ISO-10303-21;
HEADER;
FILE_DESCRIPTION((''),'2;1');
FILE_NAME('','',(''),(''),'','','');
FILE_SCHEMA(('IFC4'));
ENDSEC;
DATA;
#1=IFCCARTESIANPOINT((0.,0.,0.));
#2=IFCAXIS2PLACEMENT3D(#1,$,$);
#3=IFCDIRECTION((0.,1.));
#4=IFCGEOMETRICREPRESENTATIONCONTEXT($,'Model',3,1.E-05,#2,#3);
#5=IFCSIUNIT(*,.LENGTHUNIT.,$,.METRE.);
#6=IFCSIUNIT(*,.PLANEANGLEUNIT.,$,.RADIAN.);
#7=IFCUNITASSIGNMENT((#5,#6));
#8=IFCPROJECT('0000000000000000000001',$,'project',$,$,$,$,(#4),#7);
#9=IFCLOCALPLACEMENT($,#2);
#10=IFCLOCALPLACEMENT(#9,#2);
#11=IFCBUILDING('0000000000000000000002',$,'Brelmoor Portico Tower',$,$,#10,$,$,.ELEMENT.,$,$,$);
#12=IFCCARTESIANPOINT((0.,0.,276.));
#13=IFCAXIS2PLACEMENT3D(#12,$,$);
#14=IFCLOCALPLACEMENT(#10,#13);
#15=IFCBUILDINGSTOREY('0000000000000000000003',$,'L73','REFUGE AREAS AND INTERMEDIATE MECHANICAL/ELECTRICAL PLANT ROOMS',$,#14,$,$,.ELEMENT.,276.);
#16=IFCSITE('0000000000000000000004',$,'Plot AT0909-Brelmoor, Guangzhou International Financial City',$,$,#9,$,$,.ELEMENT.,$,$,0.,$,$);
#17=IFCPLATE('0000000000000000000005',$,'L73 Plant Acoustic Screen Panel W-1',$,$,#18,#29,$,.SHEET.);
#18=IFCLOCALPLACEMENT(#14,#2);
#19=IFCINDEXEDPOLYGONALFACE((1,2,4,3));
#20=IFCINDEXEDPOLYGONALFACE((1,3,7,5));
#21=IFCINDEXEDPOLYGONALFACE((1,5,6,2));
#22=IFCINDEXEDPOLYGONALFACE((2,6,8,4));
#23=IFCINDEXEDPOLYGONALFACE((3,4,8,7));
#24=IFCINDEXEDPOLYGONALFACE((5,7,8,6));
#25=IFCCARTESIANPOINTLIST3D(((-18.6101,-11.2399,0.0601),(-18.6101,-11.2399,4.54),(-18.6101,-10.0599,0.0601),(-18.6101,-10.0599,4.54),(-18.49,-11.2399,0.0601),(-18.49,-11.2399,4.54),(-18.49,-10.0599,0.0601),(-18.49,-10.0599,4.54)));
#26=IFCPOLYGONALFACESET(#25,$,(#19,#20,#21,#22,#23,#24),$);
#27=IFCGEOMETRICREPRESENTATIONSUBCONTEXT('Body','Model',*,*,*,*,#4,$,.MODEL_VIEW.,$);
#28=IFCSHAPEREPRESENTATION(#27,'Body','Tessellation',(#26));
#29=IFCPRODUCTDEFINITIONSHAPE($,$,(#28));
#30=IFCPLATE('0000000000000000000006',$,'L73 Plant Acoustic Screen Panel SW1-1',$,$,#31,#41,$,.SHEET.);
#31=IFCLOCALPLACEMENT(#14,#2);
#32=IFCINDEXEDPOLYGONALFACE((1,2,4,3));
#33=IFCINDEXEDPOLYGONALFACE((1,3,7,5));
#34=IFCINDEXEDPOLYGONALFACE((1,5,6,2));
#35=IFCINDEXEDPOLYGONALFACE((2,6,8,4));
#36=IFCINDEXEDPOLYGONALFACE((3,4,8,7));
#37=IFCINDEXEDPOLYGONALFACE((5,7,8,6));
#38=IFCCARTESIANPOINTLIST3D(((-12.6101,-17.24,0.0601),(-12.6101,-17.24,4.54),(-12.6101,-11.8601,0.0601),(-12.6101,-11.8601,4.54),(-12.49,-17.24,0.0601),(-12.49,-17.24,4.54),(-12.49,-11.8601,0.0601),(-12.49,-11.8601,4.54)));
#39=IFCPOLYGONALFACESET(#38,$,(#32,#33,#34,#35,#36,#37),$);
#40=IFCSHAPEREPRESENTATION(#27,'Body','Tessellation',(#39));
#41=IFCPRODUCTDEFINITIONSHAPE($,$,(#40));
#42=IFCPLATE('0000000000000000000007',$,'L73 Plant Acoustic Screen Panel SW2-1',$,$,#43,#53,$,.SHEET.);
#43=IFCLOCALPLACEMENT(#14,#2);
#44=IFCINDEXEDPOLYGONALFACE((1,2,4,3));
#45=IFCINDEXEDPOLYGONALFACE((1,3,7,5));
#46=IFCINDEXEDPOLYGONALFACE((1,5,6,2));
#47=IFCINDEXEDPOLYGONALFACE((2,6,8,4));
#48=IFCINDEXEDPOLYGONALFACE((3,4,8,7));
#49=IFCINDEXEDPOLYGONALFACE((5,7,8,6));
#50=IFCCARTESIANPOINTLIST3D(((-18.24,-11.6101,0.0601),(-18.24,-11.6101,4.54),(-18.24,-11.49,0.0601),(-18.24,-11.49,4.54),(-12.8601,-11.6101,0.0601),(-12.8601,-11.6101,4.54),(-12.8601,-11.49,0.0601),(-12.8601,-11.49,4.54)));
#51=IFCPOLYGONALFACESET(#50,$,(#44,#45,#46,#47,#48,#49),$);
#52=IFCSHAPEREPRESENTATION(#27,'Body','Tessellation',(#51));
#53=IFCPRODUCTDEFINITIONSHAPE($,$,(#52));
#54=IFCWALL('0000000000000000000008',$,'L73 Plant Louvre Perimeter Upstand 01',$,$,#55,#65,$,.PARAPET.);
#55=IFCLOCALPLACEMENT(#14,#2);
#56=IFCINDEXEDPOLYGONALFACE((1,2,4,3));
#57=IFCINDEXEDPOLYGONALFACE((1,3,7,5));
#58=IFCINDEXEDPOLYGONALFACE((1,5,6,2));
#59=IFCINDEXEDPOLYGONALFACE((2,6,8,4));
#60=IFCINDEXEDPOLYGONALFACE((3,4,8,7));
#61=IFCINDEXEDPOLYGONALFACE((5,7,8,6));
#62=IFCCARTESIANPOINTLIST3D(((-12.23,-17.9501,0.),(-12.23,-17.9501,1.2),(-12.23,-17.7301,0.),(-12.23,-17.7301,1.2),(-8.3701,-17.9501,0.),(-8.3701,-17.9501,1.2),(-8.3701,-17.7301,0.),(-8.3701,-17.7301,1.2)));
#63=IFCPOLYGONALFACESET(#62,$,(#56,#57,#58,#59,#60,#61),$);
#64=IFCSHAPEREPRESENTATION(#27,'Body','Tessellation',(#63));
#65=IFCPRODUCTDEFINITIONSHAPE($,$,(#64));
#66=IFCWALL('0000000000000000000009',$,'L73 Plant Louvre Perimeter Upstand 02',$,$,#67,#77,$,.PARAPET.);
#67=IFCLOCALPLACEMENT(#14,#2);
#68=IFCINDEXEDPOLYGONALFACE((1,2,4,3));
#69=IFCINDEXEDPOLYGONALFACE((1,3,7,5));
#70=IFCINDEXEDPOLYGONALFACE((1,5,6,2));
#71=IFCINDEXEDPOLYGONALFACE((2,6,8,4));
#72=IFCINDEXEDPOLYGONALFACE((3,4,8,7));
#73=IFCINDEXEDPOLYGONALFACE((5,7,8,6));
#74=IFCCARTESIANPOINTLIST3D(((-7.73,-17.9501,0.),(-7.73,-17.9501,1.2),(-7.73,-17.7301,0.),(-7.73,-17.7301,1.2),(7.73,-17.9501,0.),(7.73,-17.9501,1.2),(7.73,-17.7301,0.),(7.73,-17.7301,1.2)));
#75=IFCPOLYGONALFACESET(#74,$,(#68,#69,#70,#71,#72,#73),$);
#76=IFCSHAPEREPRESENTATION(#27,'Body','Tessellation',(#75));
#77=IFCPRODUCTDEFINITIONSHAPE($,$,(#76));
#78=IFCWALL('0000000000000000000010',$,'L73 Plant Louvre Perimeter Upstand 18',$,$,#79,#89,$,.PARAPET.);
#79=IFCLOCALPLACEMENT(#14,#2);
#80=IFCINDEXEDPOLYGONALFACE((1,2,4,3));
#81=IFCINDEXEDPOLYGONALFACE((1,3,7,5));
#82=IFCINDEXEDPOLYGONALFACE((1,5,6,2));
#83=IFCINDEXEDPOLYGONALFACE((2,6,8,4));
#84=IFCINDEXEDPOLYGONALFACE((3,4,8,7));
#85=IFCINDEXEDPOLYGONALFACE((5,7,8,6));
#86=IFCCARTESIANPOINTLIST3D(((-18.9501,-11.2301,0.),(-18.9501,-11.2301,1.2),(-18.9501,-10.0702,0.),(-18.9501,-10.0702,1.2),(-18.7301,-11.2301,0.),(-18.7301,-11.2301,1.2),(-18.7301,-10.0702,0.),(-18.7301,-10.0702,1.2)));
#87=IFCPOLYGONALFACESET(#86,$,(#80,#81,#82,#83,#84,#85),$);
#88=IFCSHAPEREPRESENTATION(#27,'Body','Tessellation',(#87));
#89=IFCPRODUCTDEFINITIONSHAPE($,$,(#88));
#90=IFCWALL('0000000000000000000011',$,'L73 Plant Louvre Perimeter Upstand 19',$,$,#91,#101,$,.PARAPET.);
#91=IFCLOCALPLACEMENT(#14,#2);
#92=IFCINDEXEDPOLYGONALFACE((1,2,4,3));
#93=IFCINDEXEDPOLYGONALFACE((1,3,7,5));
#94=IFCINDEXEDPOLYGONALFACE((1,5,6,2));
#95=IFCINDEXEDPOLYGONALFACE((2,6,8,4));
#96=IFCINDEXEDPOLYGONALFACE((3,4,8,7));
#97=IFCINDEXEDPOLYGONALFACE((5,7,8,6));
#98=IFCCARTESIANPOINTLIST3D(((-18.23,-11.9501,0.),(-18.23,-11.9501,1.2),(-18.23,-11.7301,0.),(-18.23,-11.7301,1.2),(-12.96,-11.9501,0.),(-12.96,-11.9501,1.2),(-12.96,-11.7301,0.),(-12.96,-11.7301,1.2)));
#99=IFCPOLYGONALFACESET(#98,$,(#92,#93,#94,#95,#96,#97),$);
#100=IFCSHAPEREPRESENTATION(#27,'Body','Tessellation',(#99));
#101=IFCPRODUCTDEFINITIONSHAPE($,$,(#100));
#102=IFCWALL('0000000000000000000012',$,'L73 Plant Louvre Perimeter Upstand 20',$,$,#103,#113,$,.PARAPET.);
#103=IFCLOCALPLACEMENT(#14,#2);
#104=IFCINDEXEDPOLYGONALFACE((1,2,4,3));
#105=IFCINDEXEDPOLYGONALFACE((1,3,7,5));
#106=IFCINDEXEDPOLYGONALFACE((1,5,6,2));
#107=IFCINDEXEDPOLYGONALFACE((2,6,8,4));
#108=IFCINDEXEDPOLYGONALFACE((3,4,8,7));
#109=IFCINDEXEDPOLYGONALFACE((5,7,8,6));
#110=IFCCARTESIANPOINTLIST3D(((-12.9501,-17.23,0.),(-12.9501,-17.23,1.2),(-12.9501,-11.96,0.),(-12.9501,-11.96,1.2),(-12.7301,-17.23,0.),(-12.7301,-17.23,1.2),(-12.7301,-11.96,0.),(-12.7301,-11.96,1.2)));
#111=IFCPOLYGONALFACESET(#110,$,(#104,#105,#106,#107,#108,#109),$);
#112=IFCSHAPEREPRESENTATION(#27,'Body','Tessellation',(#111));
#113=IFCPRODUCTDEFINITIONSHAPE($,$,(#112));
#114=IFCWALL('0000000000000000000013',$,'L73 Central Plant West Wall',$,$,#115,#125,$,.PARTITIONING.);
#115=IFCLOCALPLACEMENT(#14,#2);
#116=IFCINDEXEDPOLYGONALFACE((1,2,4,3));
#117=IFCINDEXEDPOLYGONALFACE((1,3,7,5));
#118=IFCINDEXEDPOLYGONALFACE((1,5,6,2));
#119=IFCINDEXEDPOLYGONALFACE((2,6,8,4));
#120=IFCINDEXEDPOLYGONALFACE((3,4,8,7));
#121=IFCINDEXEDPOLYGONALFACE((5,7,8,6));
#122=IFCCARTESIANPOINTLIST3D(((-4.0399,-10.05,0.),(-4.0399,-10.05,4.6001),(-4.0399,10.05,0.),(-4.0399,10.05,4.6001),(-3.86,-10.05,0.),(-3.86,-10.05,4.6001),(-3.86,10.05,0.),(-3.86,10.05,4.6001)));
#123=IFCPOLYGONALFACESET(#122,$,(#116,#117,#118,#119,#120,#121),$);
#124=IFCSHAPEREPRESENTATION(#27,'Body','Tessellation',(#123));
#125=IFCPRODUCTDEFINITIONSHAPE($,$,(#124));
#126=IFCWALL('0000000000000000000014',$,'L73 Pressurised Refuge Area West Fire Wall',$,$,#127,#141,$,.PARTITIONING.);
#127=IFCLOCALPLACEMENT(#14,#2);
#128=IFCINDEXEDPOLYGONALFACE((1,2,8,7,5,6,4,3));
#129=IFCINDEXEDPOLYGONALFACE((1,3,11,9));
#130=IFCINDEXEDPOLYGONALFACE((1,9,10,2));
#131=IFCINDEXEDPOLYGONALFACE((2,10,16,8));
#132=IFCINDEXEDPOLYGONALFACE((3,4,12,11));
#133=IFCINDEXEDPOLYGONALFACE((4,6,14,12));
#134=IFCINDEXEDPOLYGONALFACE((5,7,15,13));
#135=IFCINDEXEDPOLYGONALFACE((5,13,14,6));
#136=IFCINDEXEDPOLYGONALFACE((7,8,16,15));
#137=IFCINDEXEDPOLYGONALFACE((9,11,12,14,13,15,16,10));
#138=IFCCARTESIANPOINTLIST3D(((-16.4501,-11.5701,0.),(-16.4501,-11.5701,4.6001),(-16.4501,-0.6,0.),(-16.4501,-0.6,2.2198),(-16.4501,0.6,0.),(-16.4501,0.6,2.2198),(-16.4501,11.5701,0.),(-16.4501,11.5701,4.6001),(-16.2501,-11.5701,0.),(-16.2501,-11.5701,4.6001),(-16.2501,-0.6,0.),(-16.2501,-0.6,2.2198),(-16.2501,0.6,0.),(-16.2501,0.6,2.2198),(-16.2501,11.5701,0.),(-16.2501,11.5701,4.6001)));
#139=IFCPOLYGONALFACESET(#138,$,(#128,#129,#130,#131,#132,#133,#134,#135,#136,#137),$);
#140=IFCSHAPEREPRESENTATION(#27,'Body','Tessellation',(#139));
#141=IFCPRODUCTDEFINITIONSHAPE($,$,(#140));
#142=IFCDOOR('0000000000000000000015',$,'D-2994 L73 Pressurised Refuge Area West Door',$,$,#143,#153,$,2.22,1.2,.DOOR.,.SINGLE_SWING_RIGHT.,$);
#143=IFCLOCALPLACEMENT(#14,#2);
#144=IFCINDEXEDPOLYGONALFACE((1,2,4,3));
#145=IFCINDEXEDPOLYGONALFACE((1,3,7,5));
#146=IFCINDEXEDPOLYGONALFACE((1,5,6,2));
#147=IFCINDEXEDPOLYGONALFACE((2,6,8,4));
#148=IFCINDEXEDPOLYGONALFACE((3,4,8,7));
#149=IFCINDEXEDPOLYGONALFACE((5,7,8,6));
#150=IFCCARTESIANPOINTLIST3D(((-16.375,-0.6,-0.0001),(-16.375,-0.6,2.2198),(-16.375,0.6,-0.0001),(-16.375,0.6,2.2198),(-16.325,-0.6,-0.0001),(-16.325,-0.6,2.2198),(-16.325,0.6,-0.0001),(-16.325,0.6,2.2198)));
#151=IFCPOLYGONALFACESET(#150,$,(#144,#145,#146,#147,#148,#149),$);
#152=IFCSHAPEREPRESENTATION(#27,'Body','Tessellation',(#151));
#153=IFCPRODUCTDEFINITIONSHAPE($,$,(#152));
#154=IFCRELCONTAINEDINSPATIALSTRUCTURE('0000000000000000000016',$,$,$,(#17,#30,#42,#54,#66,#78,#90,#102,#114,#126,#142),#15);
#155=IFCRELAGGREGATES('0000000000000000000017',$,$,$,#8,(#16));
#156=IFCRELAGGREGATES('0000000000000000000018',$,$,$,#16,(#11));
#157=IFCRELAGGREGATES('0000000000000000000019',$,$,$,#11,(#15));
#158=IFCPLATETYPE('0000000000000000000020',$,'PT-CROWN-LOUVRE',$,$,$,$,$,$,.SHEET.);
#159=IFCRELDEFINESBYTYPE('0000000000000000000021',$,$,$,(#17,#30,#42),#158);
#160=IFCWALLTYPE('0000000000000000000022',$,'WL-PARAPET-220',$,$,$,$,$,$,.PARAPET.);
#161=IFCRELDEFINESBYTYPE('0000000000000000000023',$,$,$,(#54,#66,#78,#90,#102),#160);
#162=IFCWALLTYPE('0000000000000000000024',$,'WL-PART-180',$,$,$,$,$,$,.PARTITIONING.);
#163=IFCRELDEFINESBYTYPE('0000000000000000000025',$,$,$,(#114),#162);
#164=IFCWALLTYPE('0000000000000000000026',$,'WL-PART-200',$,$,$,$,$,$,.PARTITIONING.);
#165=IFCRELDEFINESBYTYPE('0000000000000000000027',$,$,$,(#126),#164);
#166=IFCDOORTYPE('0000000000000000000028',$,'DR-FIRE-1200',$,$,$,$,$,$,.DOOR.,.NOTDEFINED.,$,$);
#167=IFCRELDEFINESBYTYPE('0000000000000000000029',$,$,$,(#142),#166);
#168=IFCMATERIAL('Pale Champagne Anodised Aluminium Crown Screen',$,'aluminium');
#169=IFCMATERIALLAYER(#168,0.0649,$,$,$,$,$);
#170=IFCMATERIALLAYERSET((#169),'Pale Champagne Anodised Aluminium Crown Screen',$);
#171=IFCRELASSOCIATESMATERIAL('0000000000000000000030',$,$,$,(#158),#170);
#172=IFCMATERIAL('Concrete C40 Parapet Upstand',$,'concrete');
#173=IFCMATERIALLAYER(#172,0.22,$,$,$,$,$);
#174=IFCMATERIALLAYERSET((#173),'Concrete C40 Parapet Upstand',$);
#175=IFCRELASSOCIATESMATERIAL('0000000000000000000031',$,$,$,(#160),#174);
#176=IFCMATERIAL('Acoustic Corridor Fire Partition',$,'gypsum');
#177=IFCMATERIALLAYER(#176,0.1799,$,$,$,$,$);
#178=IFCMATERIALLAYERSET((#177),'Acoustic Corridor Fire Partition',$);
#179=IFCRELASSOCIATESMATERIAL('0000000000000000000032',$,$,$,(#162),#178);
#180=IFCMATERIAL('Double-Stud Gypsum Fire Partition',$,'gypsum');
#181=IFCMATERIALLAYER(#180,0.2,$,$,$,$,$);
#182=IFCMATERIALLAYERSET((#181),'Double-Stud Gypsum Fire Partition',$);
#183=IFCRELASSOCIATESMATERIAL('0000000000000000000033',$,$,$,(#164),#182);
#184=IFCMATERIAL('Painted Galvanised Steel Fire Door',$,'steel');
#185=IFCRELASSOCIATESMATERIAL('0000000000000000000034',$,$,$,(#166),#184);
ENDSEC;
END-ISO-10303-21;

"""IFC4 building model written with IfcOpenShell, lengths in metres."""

from ifc_helpers import new_model, si_unit, direction, frame, frame_2d, origin, origin_2d, place, context, subcontext, project, spatial, rectangle, extrude, material, layer, layer_set, type_object, element, fill, save


model = new_model("IFC4")

# Units and contexts
model_context = context("Model", 3, precision=1e-05, world=origin(), true_north=direction((0.0, 1.0)))
body_context = subcontext(model_context, "Body", "Model", "MODEL_VIEW")
ifc_project = project(units=[si_unit("LENGTHUNIT", "METRE"), si_unit("PLANEANGLEUNIT", "RADIAN")], contexts=[model_context])

# Site, building, storey
site_placement = place(None, origin())
site = spatial("IfcSite", under=ifc_project, at=site_placement, Name="Plot AT0909-Brelmoor, Guangzhou International Financial City", CompositionType="ELEMENT", RefElevation=0.0)
building_placement = place(site_placement, origin())
building = spatial("IfcBuilding", under=site, at=building_placement, Name="Brelmoor Portico Tower", CompositionType="ELEMENT")
storey_placement = place(building_placement, frame((0.0, 0.0, 276.0)))
storey = spatial("IfcBuildingStorey", under=building, at=storey_placement, Name="L73", Description="REFUGE AREAS AND INTERMEDIATE MECHANICAL/ELECTRICAL PLANT ROOMS", CompositionType="ELEMENT", Elevation=276.0)

# Plates
ifc_material_1 = material(Name="Pale Champagne Anodised Aluminium Crown Screen", Category="aluminium")
ifc_layer_1 = layer(ifc_material_1, 0.0649)
ifc_layer_set_1 = layer_set([ifc_layer_1], Name="Pale Champagne Anodised Aluminium Crown Screen")
plate_type_1 = type_object("IfcPlateType", Name="PT-CROWN-LOUVRE", PredefinedType="SHEET", material=ifc_layer_set_1)
plate_1_placement = place(storey_placement, frame((-18.55, -10.6499, 0.0601), z_axis=(0.0, 0.0, 1.0), x_axis=(0.0, 1.0, 0.0)))
element("IfcPlate", 1, at=plate_1_placement, inside=storey, type_object=plate_type_1, Name="L73 Plant Acoustic Screen Panel W-1", PredefinedType="SHEET", context=body_context, shape_type="SweptSolid", body=[
    extrude(rectangle(XDim=1.1799, YDim=0.1201, at=origin_2d()), origin(), (0.0, 0.0, 1.0), 4.48),
])
for number, where, z_axis, x_axis, name in (
    (2, (-12.55, -14.55, 0.0601), (0.0, 0.0, 1.0), (0.0, 1.0, 0.0), "L73 Plant Acoustic Screen Panel SW1-1"),
    (3, (-15.55, -11.55, 0.0601), (0.0, 0.0, 1.0), (1.0, 0.0, 0.0), "L73 Plant Acoustic Screen Panel SW2-1"),
):
    element("IfcPlate", number, at=place(storey_placement, frame(where, z_axis=z_axis, x_axis=x_axis)), inside=storey, type_object=plate_type_1, Name=name, PredefinedType="SHEET", context=body_context, shape_type="SweptSolid", body=[
        extrude(rectangle(XDim=5.3799, YDim=0.1201, at=origin_2d()), origin(), (0.0, 0.0, 1.0), 4.48),
    ])

# Walls
ifc_material_2 = material(Name="Concrete C40 Parapet Upstand", Category="concrete")
ifc_layer_2 = layer(ifc_material_2, 0.22)
ifc_layer_set_2 = layer_set([ifc_layer_2], Name="Concrete C40 Parapet Upstand")
wall_type_1 = type_object("IfcWallType", Name="WL-PARAPET-220", PredefinedType="PARAPET", material=ifc_layer_set_2)
wall_1_placement = place(storey_placement, frame((-12.23, -17.8401, 0.0), z_axis=(0.0, 0.0, 1.0), x_axis=(1.0, 0.0, 0.0)))
element("IfcWall", 4, at=wall_1_placement, inside=storey, type_object=wall_type_1, Name="L73 Plant Louvre Perimeter Upstand 01", PredefinedType="PARAPET", context=body_context, shape_type="SweptSolid", body=[
    extrude(rectangle(XDim=3.8599, YDim=0.22, at=frame_2d((1.9299, 0.0))), origin(), (0.0, 0.0, 1.0), 1.2),
])
wall_2_placement = place(storey_placement, frame((-7.73, -17.8401, 0.0), z_axis=(0.0, 0.0, 1.0), x_axis=(1.0, 0.0, 0.0)))
element("IfcWall", 5, at=wall_2_placement, inside=storey, type_object=wall_type_1, Name="L73 Plant Louvre Perimeter Upstand 02", PredefinedType="PARAPET", context=body_context, shape_type="SweptSolid", body=[
    extrude(rectangle(XDim=15.46, YDim=0.22, at=frame_2d((7.73, 0.0))), origin(), (0.0, 0.0, 1.0), 1.2),
])
wall_3_placement = place(storey_placement, frame((-18.8401, -10.0701, 0.0), z_axis=(0.0, 0.0, 1.0), x_axis=(0.0, -1.0, 0.0)))
element("IfcWall", 6, at=wall_3_placement, inside=storey, type_object=wall_type_1, Name="L73 Plant Louvre Perimeter Upstand 18", PredefinedType="PARAPET", context=body_context, shape_type="SweptSolid", body=[
    extrude(rectangle(XDim=1.1599, YDim=0.22, at=frame_2d((0.5801, 0.0))), origin(), (0.0, 0.0, 1.0), 1.2),
])
for number, where, z_axis, x_axis, name in (
    (7, (-18.23, -11.8401, 0.0), (0.0, 0.0, 1.0), (1.0, 0.0, 0.0), "L73 Plant Louvre Perimeter Upstand 19"),
    (8, (-12.8401, -11.96, 0.0), (0.0, 0.0, 1.0), (0.0, -1.0, 0.0), "L73 Plant Louvre Perimeter Upstand 20"),
):
    element("IfcWall", number, at=place(storey_placement, frame(where, z_axis=z_axis, x_axis=x_axis)), inside=storey, type_object=wall_type_1, Name=name, PredefinedType="PARAPET", context=body_context, shape_type="SweptSolid", body=[
        extrude(rectangle(XDim=5.27, YDim=0.22, at=frame_2d((2.635, 0.0))), origin(), (0.0, 0.0, 1.0), 1.2),
    ])
ifc_material_3 = material(Name="Acoustic Corridor Fire Partition", Category="gypsum")
ifc_layer_3 = layer(ifc_material_3, 0.1799)
ifc_layer_set_3 = layer_set([ifc_layer_3], Name="Acoustic Corridor Fire Partition")
wall_type_2 = type_object("IfcWallType", Name="WL-PART-180", PredefinedType="PARTITIONING", material=ifc_layer_set_3)
wall_4_placement = place(storey_placement, frame((-3.95, -10.05, 0.0), z_axis=(0.0, 0.0, 1.0), x_axis=(0.0, 1.0, 0.0)))
element("IfcWall", 9, at=wall_4_placement, inside=storey, type_object=wall_type_2, Name="L73 Central Plant West Wall", PredefinedType="PARTITIONING", context=body_context, shape_type="SweptSolid", body=[
    extrude(rectangle(XDim=20.1001, YDim=0.1799, at=frame_2d((10.05, 0.0))), origin(), (0.0, 0.0, 1.0), 4.6001),
])

# Wall, opening, door
ifc_material_4 = material(Name="Double-Stud Gypsum Fire Partition", Category="gypsum")
ifc_layer_4 = layer(ifc_material_4, 0.2)
ifc_layer_set_4 = layer_set([ifc_layer_4], Name="Double-Stud Gypsum Fire Partition")
wall_type_3 = type_object("IfcWallType", Name="WL-PART-200", PredefinedType="PARTITIONING", material=ifc_layer_set_4)
wall_5_placement = place(storey_placement, frame((-16.3501, -11.5701, 0.0), z_axis=(0.0, 0.0, 1.0), x_axis=(0.0, 1.0, 0.0)))
wall_5 = element("IfcWall", 10, at=wall_5_placement, inside=storey, type_object=wall_type_3, Name="L73 Pressurised Refuge Area West Fire Wall", PredefinedType="PARTITIONING", context=body_context, shape_type="SweptSolid", body=[
    extrude(rectangle(XDim=23.1401, YDim=0.2, at=frame_2d((11.5701, 0.0))), origin(), (0.0, 0.0, 1.0), 4.6001),
])
opening_1_placement = place(wall_5_placement, frame((10.97, 0.0, 0.0)))
opening_1 = element("IfcOpeningElement", 11, at=opening_1_placement, cuts=wall_5, PredefinedType="OPENING", context=body_context, shape_type="SweptSolid", body=[
    extrude(rectangle(XDim=1.2, YDim=2.22, at=frame_2d((0.6001, 1.1099))), frame((0.0, 0.1099, 0.0), z_axis=(0.0, -1.0, 0.0), x_axis=(1.0, 0.0, 0.0)), (0.0, 0.0, 1.0), 0.22),
])
ifc_material_5 = material(Name="Painted Galvanised Steel Fire Door", Category="steel")
door_type_1 = type_object("IfcDoorType", Name="DR-FIRE-1200", OperationType="NOTDEFINED", PredefinedType="DOOR", material=ifc_material_5)
door_1_placement = place(opening_1_placement, origin())
door_1 = element("IfcDoor", 12, at=door_1_placement, inside=storey, type_object=door_type_1, Name="D-2994 L73 Pressurised Refuge Area West Door", OperationType="SINGLE_SWING_RIGHT", OverallHeight=2.22, OverallWidth=1.2, PredefinedType="DOOR", context=body_context, shape_type="SweptSolid", body=[
    extrude(rectangle(XDim=1.2, YDim=2.22, at=frame_2d((0.6001, 1.1099))), frame((0.0, 0.0249, 0.0), z_axis=(0.0, -1.0, 0.0), x_axis=(1.0, 0.0, 0.0)), (0.0, 0.0, 1.0), 0.05),
])
fill(opening_1, door_1)

save(model, "model.ifc")
